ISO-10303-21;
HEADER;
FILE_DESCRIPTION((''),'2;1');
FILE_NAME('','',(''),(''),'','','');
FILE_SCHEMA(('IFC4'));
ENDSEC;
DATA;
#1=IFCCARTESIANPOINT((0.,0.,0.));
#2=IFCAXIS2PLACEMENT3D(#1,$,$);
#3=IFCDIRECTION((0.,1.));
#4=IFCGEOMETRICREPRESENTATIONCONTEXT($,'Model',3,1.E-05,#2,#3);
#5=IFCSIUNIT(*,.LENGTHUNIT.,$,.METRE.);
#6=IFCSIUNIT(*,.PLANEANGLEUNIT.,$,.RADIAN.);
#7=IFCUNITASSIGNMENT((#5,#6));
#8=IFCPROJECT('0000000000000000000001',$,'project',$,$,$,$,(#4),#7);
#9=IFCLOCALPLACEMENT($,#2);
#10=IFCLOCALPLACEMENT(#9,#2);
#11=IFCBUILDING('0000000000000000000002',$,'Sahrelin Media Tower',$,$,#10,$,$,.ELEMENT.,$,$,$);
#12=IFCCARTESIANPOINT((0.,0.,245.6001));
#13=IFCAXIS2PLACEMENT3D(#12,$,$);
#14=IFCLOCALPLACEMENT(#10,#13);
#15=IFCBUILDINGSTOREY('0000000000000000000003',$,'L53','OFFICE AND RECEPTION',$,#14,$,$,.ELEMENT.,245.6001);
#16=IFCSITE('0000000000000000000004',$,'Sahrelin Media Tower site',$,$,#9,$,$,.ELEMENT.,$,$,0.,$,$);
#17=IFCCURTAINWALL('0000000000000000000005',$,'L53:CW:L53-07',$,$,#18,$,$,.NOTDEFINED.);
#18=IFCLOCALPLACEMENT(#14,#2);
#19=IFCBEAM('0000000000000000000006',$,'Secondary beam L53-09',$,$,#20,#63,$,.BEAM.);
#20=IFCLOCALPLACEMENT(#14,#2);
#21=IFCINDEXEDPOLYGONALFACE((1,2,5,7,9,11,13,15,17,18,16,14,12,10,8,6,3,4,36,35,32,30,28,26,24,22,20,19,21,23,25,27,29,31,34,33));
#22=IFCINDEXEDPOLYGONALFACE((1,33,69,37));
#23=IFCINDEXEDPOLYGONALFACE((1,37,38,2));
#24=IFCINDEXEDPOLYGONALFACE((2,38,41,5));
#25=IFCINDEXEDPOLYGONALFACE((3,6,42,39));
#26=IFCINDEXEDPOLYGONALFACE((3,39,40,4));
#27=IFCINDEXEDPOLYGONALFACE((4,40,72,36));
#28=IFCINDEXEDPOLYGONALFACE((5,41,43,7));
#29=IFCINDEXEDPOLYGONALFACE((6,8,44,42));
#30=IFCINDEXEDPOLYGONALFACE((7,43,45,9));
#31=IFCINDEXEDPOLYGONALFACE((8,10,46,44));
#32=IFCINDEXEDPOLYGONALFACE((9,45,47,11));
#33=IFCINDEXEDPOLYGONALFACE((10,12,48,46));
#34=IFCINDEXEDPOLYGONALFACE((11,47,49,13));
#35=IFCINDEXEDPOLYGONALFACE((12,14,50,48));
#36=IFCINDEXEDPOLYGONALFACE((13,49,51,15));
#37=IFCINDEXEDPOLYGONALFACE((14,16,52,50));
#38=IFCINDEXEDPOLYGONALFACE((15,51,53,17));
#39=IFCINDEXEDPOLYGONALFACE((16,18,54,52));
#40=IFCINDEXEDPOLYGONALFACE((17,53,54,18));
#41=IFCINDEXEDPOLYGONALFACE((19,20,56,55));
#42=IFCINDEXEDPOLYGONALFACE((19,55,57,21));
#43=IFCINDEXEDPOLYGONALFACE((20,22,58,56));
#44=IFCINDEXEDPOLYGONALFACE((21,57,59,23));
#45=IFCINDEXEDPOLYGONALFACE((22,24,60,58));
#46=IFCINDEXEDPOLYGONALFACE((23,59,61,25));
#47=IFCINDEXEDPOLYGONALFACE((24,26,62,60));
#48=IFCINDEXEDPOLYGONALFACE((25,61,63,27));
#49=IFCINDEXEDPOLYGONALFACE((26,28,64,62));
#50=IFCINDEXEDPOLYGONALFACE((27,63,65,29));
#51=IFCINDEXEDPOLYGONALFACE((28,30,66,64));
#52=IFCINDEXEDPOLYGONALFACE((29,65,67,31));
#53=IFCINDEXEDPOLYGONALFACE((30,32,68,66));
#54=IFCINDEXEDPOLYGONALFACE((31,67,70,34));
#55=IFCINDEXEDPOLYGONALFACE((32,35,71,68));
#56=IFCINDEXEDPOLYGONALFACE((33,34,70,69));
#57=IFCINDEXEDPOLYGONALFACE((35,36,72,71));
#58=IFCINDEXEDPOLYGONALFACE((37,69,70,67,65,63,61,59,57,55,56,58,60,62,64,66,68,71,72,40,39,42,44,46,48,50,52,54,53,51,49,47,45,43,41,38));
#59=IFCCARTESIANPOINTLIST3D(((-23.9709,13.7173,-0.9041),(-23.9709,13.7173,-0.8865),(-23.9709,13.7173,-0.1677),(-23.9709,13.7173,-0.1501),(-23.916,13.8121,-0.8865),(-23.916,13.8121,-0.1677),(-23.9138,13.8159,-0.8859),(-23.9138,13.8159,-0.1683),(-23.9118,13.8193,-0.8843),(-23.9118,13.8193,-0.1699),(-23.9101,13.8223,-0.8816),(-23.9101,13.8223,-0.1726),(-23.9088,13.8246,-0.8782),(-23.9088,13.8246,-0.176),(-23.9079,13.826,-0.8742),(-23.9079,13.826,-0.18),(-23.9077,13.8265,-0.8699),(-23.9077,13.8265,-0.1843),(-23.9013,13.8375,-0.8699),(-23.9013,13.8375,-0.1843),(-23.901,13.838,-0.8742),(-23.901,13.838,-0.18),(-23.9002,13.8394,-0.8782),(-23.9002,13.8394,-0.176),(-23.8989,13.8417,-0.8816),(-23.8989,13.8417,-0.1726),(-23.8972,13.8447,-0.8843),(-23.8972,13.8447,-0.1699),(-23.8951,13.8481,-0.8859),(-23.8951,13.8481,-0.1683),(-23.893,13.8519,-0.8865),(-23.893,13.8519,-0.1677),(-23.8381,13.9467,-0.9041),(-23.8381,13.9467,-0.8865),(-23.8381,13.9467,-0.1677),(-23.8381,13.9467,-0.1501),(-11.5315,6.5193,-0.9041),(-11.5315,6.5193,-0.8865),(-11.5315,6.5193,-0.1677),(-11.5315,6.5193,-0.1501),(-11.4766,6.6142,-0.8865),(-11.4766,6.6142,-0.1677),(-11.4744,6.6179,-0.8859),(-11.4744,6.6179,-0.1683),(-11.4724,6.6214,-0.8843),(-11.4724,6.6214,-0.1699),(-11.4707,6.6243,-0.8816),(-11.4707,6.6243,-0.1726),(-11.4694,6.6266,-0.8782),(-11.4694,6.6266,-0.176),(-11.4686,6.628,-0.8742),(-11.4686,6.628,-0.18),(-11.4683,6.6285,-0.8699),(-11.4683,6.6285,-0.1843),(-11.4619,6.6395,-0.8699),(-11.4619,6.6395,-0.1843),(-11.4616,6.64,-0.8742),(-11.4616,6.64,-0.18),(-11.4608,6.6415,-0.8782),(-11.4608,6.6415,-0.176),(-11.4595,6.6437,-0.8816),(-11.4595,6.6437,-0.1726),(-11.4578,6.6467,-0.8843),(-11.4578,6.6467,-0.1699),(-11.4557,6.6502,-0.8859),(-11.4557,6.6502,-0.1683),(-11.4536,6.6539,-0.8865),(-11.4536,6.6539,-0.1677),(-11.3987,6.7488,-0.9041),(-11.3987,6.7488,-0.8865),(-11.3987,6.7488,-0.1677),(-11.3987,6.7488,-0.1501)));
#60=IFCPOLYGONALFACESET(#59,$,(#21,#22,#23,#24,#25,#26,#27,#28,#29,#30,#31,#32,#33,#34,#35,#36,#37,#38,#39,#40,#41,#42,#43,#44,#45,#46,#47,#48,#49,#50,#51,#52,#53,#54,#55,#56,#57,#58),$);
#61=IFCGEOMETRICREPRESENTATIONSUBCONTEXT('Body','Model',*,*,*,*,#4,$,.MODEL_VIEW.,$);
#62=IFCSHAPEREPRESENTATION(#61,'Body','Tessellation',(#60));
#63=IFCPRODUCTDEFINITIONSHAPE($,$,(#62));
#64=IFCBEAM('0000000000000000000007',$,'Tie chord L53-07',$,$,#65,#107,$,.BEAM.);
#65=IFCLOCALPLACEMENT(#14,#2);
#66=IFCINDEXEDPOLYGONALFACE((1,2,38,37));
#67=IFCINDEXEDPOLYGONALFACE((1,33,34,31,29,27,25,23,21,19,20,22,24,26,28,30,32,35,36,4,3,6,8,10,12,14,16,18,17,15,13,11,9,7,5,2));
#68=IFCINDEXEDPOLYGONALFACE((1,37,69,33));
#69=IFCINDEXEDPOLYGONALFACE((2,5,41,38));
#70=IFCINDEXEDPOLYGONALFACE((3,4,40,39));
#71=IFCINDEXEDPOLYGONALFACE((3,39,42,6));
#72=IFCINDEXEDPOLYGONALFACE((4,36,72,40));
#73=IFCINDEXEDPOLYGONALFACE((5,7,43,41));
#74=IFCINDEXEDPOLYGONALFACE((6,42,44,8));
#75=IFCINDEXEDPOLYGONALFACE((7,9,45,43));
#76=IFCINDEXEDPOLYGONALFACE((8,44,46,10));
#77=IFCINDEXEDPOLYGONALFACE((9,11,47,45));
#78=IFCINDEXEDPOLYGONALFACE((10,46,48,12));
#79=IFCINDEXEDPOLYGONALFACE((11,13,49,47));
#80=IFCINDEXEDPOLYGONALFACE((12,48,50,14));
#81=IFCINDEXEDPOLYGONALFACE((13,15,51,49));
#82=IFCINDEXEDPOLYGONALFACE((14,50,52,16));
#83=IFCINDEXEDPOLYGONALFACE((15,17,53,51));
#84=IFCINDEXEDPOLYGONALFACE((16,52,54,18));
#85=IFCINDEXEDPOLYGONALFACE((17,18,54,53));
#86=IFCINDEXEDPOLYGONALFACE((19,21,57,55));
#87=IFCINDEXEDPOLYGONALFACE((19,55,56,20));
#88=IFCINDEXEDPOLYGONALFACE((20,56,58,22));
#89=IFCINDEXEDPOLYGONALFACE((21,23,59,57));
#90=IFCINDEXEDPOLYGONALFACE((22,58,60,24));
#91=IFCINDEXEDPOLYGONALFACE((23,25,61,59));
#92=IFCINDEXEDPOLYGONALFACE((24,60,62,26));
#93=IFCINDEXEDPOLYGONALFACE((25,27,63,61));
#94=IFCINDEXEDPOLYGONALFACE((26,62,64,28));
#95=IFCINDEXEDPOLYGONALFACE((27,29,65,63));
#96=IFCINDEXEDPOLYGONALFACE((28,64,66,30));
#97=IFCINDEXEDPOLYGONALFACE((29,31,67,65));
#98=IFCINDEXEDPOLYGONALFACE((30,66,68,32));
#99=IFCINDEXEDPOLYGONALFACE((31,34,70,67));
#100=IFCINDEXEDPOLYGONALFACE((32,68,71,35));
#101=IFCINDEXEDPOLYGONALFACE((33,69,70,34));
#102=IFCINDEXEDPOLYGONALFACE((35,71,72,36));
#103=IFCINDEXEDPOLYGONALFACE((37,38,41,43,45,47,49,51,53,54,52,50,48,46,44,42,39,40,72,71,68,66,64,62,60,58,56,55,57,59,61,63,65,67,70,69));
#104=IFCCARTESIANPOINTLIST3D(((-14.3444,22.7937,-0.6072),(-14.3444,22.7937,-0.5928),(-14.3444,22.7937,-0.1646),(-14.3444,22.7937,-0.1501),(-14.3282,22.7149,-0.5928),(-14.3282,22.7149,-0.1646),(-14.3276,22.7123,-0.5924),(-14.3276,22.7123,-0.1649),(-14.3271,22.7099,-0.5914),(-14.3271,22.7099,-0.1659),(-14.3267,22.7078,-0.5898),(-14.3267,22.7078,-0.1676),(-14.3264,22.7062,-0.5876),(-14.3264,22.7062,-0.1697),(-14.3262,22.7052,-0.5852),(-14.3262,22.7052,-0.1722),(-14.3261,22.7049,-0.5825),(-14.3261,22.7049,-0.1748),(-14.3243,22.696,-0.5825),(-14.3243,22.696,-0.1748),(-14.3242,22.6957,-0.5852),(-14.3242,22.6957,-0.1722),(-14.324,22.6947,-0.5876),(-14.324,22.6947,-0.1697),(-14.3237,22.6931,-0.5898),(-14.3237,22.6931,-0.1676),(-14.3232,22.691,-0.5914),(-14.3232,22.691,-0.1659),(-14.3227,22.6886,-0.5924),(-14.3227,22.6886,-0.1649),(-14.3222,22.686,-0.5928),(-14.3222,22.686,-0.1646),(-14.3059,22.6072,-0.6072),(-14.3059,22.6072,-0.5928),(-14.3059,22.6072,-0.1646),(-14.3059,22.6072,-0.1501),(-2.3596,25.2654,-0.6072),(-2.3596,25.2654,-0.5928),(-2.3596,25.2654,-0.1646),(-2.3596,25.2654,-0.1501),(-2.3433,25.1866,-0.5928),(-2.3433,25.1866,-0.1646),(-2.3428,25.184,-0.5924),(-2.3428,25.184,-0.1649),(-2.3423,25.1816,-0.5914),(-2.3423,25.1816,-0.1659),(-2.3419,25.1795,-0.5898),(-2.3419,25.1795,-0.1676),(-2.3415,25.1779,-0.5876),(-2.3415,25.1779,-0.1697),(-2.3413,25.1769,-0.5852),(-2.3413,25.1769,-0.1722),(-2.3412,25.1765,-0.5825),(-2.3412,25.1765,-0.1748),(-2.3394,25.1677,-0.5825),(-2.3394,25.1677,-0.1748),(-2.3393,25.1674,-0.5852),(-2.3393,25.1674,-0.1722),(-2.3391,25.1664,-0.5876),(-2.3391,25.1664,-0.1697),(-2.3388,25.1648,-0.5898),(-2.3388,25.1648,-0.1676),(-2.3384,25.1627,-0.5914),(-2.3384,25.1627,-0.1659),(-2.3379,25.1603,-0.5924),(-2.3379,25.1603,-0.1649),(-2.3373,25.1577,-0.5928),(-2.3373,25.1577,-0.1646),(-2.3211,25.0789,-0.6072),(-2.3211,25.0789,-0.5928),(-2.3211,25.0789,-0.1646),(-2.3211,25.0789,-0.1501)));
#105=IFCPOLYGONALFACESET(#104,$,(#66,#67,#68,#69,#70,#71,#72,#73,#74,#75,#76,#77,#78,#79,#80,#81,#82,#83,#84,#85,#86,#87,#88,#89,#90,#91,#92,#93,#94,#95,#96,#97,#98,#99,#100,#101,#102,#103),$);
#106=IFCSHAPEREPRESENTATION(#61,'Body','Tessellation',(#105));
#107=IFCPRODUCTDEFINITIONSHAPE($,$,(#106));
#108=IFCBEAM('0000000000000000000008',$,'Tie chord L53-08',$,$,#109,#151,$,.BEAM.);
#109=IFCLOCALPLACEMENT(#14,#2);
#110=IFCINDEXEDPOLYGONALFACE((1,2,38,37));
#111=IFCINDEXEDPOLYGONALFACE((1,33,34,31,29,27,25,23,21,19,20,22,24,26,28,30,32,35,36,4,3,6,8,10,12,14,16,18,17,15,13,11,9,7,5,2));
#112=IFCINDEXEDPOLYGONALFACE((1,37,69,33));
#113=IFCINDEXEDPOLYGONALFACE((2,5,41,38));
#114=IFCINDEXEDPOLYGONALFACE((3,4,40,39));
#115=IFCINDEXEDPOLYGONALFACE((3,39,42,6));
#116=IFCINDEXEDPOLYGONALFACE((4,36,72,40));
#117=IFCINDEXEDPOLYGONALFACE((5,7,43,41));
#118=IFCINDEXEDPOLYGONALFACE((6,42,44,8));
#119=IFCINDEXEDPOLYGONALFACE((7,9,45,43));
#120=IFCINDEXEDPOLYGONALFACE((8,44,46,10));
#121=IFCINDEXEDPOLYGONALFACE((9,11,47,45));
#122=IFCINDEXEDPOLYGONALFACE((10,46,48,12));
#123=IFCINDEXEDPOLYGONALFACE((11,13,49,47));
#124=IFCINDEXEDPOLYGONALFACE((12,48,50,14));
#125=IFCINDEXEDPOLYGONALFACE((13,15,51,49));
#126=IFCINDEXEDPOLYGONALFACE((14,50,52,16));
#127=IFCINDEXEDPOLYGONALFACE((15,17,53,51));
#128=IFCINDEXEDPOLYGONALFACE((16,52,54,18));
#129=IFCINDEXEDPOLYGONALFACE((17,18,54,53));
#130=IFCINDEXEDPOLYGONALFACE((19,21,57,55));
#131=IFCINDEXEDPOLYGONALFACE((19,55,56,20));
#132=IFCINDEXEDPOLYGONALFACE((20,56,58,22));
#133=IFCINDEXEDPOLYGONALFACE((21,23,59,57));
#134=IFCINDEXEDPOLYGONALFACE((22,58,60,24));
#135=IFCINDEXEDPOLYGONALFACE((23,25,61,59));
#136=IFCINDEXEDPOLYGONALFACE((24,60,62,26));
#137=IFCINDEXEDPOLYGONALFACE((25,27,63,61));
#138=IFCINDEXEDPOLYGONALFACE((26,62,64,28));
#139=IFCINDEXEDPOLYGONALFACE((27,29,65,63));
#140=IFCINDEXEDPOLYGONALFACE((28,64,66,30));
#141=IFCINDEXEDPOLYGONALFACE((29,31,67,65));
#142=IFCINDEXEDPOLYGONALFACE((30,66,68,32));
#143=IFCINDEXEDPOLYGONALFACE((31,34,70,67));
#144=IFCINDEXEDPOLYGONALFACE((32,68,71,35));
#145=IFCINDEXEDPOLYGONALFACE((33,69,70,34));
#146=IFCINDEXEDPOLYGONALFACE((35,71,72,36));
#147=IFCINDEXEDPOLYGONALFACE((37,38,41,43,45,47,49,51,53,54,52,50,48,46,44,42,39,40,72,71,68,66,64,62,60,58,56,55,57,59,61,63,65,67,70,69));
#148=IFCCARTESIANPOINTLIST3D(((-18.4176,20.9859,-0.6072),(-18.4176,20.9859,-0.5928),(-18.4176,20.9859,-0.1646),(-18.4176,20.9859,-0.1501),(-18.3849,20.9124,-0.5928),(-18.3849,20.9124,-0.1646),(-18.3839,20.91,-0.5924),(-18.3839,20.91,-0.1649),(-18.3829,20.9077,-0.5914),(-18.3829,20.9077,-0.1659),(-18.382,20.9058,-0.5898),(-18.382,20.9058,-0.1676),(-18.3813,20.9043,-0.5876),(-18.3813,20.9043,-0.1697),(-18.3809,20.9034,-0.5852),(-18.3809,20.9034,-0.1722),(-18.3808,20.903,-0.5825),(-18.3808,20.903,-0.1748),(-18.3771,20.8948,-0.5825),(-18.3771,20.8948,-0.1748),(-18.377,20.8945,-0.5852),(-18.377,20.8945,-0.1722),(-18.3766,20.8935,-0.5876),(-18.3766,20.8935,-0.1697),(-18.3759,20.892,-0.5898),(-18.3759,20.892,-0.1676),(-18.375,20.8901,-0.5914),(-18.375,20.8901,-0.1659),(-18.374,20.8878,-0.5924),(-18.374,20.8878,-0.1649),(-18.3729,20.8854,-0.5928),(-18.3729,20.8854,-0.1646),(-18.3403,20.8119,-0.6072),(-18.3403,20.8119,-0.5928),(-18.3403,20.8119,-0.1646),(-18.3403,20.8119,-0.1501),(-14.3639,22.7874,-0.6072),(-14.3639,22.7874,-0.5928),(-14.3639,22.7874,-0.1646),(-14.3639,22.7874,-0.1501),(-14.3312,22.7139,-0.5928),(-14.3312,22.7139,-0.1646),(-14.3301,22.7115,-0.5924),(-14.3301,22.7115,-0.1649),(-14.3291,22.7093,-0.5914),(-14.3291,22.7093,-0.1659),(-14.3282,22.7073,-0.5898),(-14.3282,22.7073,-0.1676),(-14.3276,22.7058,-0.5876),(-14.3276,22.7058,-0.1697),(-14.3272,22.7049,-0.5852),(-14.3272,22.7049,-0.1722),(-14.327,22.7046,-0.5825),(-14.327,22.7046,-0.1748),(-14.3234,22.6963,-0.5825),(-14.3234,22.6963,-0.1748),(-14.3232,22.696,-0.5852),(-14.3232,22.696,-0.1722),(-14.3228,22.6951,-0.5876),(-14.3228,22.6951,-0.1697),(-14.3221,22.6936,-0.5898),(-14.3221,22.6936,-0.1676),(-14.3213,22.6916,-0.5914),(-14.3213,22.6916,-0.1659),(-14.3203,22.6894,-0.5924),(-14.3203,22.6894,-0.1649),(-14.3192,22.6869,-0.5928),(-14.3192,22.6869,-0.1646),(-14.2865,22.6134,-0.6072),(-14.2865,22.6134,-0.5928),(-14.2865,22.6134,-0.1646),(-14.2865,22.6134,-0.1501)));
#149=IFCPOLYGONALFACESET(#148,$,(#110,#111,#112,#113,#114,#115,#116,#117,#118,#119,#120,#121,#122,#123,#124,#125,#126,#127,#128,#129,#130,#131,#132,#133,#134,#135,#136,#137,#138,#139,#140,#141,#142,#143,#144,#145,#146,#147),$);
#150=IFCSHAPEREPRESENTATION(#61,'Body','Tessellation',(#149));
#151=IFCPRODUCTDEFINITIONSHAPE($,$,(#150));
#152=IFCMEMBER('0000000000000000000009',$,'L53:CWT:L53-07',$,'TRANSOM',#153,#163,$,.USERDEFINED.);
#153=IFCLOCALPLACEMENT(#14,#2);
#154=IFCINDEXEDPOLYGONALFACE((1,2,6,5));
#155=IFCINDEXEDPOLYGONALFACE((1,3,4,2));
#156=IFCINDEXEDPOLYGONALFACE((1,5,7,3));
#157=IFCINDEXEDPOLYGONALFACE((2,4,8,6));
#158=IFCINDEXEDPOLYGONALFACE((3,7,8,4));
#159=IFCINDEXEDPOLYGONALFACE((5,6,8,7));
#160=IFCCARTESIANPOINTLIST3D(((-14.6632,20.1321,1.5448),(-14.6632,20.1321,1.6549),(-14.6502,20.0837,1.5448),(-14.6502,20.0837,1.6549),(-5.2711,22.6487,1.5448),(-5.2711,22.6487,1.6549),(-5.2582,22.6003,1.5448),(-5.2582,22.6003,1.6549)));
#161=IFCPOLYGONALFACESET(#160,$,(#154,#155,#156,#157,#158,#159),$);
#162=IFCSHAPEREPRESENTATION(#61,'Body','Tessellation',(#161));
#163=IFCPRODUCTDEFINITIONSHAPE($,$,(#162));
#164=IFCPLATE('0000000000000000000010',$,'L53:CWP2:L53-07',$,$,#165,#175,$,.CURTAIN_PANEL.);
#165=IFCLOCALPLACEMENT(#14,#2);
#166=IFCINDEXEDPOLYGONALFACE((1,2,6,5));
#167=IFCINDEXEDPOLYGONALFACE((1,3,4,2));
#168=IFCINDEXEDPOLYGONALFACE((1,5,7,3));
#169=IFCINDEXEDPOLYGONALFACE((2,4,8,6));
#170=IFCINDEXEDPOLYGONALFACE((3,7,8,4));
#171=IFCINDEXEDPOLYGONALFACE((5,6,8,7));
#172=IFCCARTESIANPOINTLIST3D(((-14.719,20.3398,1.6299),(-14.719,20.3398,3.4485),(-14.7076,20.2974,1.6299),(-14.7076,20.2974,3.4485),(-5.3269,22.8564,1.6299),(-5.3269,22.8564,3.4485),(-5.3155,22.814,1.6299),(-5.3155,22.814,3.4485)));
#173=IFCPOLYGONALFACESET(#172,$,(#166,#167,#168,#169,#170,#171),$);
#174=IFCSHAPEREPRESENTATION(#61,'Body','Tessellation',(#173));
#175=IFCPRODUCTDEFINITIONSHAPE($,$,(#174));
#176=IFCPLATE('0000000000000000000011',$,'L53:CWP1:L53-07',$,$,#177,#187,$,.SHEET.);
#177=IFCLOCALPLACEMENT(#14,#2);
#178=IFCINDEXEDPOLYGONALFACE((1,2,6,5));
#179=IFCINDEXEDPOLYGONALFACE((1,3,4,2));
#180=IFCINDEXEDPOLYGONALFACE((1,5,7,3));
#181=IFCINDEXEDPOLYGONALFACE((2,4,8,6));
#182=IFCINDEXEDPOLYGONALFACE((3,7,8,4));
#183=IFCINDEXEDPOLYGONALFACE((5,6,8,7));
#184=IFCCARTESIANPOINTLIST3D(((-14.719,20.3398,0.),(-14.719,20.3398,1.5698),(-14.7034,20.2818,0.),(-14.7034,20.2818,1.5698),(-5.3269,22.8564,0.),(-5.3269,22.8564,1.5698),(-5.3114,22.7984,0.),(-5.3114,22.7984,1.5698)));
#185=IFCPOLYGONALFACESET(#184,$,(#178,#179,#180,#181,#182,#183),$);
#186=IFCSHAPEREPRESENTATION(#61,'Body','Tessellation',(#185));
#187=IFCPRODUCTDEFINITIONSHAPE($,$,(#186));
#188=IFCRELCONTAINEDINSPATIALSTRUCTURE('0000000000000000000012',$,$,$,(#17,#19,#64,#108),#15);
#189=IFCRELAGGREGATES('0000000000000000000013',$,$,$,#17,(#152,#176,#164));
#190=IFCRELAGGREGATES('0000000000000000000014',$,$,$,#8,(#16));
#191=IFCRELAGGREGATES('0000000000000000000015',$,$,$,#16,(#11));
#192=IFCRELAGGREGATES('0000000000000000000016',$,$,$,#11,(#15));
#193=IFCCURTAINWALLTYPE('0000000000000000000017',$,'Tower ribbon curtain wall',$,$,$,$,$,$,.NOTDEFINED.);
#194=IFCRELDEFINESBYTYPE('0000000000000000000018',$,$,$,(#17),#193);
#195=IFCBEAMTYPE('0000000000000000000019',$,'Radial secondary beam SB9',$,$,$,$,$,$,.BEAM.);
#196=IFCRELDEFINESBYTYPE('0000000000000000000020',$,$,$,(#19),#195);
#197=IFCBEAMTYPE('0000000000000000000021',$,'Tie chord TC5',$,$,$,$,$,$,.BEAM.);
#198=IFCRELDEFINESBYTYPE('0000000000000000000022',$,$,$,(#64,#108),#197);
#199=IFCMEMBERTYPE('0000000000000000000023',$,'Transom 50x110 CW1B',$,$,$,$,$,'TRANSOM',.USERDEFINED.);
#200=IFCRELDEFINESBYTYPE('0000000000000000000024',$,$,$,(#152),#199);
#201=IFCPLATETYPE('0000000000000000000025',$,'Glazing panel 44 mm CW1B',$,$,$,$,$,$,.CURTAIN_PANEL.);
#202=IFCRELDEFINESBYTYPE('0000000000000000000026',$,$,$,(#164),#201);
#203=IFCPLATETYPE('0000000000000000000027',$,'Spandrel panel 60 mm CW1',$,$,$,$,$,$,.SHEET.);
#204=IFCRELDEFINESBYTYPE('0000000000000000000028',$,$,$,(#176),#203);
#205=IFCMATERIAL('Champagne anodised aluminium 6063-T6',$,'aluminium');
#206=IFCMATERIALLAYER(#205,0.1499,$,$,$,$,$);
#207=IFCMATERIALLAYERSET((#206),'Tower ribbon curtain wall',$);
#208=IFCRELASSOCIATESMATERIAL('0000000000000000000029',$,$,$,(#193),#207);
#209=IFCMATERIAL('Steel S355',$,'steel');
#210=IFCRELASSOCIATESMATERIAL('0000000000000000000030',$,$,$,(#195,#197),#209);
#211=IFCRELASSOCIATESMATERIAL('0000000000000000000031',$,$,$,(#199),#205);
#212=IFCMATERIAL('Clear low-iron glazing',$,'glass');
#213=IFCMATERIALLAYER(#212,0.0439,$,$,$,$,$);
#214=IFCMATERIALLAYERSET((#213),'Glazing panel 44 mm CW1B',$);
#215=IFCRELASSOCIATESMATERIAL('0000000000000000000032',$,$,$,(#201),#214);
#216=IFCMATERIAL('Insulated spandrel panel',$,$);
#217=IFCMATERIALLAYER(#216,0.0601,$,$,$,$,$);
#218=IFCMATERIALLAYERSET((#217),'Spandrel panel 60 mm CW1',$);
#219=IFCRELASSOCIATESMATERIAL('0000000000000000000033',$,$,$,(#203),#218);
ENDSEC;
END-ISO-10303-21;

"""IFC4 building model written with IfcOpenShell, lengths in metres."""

from ifc_helpers import new_model, si_unit, direction, frame, origin, origin_2d, place, context, subcontext, project, spatial, polyline, rectangle, i_section, outline, extrude, material, layer, layer_set, material_profile, profile_set, type_object, element, aggregate, save


model = new_model("IFC4")

# Units and contexts
model_context = context("Model", 3, precision=1e-05, world=origin(), true_north=direction((0.0, 1.0)))
body_context = subcontext(model_context, "Body", "Model", "MODEL_VIEW")
ifc_project = project(units=[si_unit("LENGTHUNIT", "METRE"), si_unit("PLANEANGLEUNIT", "RADIAN")], contexts=[model_context])

# Site, building, storey
site_placement = place(None, origin())
site = spatial("IfcSite", under=ifc_project, at=site_placement, Name="Sahrelin Media Tower site", CompositionType="ELEMENT", RefElevation=0.0)
building_placement = place(site_placement, origin())
building = spatial("IfcBuilding", under=site, at=building_placement, Name="Sahrelin Media Tower", CompositionType="ELEMENT")
storey_placement = place(building_placement, frame((0.0, 0.0, 245.6001)))
storey = spatial("IfcBuildingStorey", under=building, at=storey_placement, Name="L53", Description="OFFICE AND RECEPTION", CompositionType="ELEMENT", Elevation=245.6001)

# Shared definitions
ifc_material_1 = material(Name="Steel S355", Category="steel")

# Curtain wall
ifc_material_2 = material(Name="Champagne anodised aluminium 6063-T6", Category="aluminium")
ifc_layer_1 = layer(ifc_material_2, 0.1499)
ifc_layer_set_1 = layer_set([ifc_layer_1], Name="Tower ribbon curtain wall")
curtain_wall_type = type_object("IfcCurtainWallType", Name="Tower ribbon curtain wall", PredefinedType="NOTDEFINED", material=ifc_layer_set_1)
curtain_wall_1_placement = place(storey_placement, frame((-10.0176, 21.5789, 0.0), z_axis=(0.0, 0.0, 1.0), x_axis=(1.0, 0.0, 0.0)))
curtain_wall_1 = element("IfcCurtainWall", 1, at=curtain_wall_1_placement, inside=storey, type_object=curtain_wall_type, Name="L53:CW:L53-07", PredefinedType="NOTDEFINED")

# Beams
ifc_material_profile_1 = material_profile(ifc_material_1, i_section(OverallWidth=0.2651, OverallDepth=0.7539, WebThickness=0.0127, FlangeThickness=0.0176, FilletRadius=0.0166, at=origin_2d()), Name="UB 762x267x147")
ifc_profile_set_1 = profile_set([ifc_material_profile_1], Name="Steel S355")
beam_type_1 = type_object("IfcBeamType", Name="Radial secondary beam SB9", PredefinedType="BEAM", material=ifc_profile_set_1)
beam_1_placement = place(storey_placement, frame((-11.4651, 6.634, -0.5271), z_axis=(-0.865541, 0.500839, 0.0), x_axis=(-0.500839, -0.865541, 0.0)))
element("IfcBeam", 2, at=beam_1_placement, inside=storey, type_object=beam_type_1, Name="Secondary beam L53-09", PredefinedType="BEAM", context=body_context, shape_type="SweptSolid", body=[
    extrude(i_section(OverallWidth=0.2651, OverallDepth=0.7539, WebThickness=0.0127, FlangeThickness=0.0176, FilletRadius=0.0166, at=origin_2d()), origin(), (0.0, 0.0, 1.0), 14.3718),
])
ifc_material_profile_2 = material_profile(ifc_material_1, i_section(OverallWidth=0.1904, OverallDepth=0.457, WebThickness=0.009, FlangeThickness=0.0144, FilletRadius=0.0103, at=origin_2d()), Name="UB 457x191x74")
ifc_profile_set_2 = profile_set([ifc_material_profile_2], Name="Steel S355")
beam_type_2 = type_object("IfcBeamType", Name="Tie chord TC5", PredefinedType="BEAM", material=ifc_profile_set_2)
beam_2_placement = place(storey_placement, frame((-2.3403, 25.1721, -0.3787), z_axis=(-0.979389, -0.201983, 0.0), x_axis=(0.201983, -0.979389, 0.0)))
element("IfcBeam", 3, at=beam_2_placement, inside=storey, type_object=beam_type_2, Name="Tie chord L53-07", PredefinedType="BEAM", context=body_context, shape_type="SweptSolid", body=[
    extrude(i_section(OverallWidth=0.1904, OverallDepth=0.457, WebThickness=0.009, FlangeThickness=0.0144, FilletRadius=0.0103, at=origin_2d()), origin(), (0.0, 0.0, 1.0), 12.2371),
])
beam_3_placement = place(storey_placement, frame((-14.3252, 22.7004, -0.3787), z_axis=(-0.913823, -0.406113, 0.0), x_axis=(0.406113, -0.913823, 0.0)))
element("IfcBeam", 4, at=beam_3_placement, inside=storey, type_object=beam_type_2, Name="Tie chord L53-08", PredefinedType="BEAM", context=body_context, shape_type="SweptSolid", body=[
    extrude(i_section(OverallWidth=0.1904, OverallDepth=0.457, WebThickness=0.009, FlangeThickness=0.0144, FilletRadius=0.0103, at=origin_2d()), origin(), (0.0, 0.0, 1.0), 4.436),
])

# Member
ifc_material_profile_3 = material_profile(ifc_material_2, rectangle(XDim=0.05, YDim=0.1101, at=origin_2d()), Name="Transom 50x110")
ifc_profile_set_3 = profile_set([ifc_material_profile_3], Name="Champagne anodised aluminium 6063-T6")
member_type_1 = type_object("IfcMemberType", Name="Transom 50x110 CW1B", ElementType="TRANSOM", PredefinedType="USERDEFINED", material=ifc_profile_set_3)
member_1_placement = place(storey_placement, frame((-5.2646, 22.6245, 1.5999), z_axis=(-0.965926, -0.258819, 0.0), x_axis=(0.258819, -0.965926, 0.0)))
member_1 = element("IfcMember", 5, at=member_1_placement, type_object=member_type_1, Name="L53:CWT:L53-07", ObjectType="TRANSOM", PredefinedType="USERDEFINED", context=body_context, shape_type="SweptSolid", body=[
    extrude(rectangle(XDim=0.05, YDim=0.1101, at=origin_2d()), origin(), (0.0, 0.0, 1.0), 9.7234),
])

# Plates
ifc_material_3 = material(Name="Clear low-iron glazing", Category="glass")
ifc_layer_2 = layer(ifc_material_3, 0.0439)
ifc_layer_set_2 = layer_set([ifc_layer_2], Name="Glazing panel 44 mm CW1B")
plate_type_1 = type_object("IfcPlateType", Name="Glazing panel 44 mm CW1B", PredefinedType="CURTAIN_PANEL", material=ifc_layer_set_2)
plate_1_placement = place(storey_placement, frame((-5.3269, 22.8564, 1.6299), z_axis=(-0.258819, 0.965926, 0.0), x_axis=(-0.965926, -0.258819, 0.0)))
plate_1 = element("IfcPlate", 6, at=plate_1_placement, type_object=plate_type_1, Name="L53:CWP2:L53-07", PredefinedType="CURTAIN_PANEL", context=body_context, shape_type="SweptSolid", body=[
    extrude(outline(polyline([(0.0, 0.0), (9.7234, 0.0), (9.7234, 1.8186), (0.0, 1.8186), (0.0, 0.0)])), origin(), (0.0, 0.0, -1.0), 0.0439),
])
ifc_material_4 = material(Name="Insulated spandrel panel")
ifc_layer_3 = layer(ifc_material_4, 0.0601)
ifc_layer_set_3 = layer_set([ifc_layer_3], Name="Spandrel panel 60 mm CW1")
plate_type_2 = type_object("IfcPlateType", Name="Spandrel panel 60 mm CW1", PredefinedType="SHEET", material=ifc_layer_set_3)
plate_2_placement = place(storey_placement, frame((-5.3269, 22.8564, 0.0), z_axis=(-0.258819, 0.965926, 0.0), x_axis=(-0.965926, -0.258819, 0.0)))
plate_2 = element("IfcPlate", 7, at=plate_2_placement, type_object=plate_type_2, Name="L53:CWP1:L53-07", PredefinedType="SHEET", context=body_context, shape_type="SweptSolid", body=[
    extrude(outline(polyline([(0.0, 0.0), (9.7234, 0.0), (9.7234, 1.5698), (0.0, 1.5698), (0.0, 0.0)])), origin(), (0.0, 0.0, -1.0), 0.0601),
])
aggregate(curtain_wall_1, [member_1, plate_2, plate_1])

save(model, "model.ifc")
